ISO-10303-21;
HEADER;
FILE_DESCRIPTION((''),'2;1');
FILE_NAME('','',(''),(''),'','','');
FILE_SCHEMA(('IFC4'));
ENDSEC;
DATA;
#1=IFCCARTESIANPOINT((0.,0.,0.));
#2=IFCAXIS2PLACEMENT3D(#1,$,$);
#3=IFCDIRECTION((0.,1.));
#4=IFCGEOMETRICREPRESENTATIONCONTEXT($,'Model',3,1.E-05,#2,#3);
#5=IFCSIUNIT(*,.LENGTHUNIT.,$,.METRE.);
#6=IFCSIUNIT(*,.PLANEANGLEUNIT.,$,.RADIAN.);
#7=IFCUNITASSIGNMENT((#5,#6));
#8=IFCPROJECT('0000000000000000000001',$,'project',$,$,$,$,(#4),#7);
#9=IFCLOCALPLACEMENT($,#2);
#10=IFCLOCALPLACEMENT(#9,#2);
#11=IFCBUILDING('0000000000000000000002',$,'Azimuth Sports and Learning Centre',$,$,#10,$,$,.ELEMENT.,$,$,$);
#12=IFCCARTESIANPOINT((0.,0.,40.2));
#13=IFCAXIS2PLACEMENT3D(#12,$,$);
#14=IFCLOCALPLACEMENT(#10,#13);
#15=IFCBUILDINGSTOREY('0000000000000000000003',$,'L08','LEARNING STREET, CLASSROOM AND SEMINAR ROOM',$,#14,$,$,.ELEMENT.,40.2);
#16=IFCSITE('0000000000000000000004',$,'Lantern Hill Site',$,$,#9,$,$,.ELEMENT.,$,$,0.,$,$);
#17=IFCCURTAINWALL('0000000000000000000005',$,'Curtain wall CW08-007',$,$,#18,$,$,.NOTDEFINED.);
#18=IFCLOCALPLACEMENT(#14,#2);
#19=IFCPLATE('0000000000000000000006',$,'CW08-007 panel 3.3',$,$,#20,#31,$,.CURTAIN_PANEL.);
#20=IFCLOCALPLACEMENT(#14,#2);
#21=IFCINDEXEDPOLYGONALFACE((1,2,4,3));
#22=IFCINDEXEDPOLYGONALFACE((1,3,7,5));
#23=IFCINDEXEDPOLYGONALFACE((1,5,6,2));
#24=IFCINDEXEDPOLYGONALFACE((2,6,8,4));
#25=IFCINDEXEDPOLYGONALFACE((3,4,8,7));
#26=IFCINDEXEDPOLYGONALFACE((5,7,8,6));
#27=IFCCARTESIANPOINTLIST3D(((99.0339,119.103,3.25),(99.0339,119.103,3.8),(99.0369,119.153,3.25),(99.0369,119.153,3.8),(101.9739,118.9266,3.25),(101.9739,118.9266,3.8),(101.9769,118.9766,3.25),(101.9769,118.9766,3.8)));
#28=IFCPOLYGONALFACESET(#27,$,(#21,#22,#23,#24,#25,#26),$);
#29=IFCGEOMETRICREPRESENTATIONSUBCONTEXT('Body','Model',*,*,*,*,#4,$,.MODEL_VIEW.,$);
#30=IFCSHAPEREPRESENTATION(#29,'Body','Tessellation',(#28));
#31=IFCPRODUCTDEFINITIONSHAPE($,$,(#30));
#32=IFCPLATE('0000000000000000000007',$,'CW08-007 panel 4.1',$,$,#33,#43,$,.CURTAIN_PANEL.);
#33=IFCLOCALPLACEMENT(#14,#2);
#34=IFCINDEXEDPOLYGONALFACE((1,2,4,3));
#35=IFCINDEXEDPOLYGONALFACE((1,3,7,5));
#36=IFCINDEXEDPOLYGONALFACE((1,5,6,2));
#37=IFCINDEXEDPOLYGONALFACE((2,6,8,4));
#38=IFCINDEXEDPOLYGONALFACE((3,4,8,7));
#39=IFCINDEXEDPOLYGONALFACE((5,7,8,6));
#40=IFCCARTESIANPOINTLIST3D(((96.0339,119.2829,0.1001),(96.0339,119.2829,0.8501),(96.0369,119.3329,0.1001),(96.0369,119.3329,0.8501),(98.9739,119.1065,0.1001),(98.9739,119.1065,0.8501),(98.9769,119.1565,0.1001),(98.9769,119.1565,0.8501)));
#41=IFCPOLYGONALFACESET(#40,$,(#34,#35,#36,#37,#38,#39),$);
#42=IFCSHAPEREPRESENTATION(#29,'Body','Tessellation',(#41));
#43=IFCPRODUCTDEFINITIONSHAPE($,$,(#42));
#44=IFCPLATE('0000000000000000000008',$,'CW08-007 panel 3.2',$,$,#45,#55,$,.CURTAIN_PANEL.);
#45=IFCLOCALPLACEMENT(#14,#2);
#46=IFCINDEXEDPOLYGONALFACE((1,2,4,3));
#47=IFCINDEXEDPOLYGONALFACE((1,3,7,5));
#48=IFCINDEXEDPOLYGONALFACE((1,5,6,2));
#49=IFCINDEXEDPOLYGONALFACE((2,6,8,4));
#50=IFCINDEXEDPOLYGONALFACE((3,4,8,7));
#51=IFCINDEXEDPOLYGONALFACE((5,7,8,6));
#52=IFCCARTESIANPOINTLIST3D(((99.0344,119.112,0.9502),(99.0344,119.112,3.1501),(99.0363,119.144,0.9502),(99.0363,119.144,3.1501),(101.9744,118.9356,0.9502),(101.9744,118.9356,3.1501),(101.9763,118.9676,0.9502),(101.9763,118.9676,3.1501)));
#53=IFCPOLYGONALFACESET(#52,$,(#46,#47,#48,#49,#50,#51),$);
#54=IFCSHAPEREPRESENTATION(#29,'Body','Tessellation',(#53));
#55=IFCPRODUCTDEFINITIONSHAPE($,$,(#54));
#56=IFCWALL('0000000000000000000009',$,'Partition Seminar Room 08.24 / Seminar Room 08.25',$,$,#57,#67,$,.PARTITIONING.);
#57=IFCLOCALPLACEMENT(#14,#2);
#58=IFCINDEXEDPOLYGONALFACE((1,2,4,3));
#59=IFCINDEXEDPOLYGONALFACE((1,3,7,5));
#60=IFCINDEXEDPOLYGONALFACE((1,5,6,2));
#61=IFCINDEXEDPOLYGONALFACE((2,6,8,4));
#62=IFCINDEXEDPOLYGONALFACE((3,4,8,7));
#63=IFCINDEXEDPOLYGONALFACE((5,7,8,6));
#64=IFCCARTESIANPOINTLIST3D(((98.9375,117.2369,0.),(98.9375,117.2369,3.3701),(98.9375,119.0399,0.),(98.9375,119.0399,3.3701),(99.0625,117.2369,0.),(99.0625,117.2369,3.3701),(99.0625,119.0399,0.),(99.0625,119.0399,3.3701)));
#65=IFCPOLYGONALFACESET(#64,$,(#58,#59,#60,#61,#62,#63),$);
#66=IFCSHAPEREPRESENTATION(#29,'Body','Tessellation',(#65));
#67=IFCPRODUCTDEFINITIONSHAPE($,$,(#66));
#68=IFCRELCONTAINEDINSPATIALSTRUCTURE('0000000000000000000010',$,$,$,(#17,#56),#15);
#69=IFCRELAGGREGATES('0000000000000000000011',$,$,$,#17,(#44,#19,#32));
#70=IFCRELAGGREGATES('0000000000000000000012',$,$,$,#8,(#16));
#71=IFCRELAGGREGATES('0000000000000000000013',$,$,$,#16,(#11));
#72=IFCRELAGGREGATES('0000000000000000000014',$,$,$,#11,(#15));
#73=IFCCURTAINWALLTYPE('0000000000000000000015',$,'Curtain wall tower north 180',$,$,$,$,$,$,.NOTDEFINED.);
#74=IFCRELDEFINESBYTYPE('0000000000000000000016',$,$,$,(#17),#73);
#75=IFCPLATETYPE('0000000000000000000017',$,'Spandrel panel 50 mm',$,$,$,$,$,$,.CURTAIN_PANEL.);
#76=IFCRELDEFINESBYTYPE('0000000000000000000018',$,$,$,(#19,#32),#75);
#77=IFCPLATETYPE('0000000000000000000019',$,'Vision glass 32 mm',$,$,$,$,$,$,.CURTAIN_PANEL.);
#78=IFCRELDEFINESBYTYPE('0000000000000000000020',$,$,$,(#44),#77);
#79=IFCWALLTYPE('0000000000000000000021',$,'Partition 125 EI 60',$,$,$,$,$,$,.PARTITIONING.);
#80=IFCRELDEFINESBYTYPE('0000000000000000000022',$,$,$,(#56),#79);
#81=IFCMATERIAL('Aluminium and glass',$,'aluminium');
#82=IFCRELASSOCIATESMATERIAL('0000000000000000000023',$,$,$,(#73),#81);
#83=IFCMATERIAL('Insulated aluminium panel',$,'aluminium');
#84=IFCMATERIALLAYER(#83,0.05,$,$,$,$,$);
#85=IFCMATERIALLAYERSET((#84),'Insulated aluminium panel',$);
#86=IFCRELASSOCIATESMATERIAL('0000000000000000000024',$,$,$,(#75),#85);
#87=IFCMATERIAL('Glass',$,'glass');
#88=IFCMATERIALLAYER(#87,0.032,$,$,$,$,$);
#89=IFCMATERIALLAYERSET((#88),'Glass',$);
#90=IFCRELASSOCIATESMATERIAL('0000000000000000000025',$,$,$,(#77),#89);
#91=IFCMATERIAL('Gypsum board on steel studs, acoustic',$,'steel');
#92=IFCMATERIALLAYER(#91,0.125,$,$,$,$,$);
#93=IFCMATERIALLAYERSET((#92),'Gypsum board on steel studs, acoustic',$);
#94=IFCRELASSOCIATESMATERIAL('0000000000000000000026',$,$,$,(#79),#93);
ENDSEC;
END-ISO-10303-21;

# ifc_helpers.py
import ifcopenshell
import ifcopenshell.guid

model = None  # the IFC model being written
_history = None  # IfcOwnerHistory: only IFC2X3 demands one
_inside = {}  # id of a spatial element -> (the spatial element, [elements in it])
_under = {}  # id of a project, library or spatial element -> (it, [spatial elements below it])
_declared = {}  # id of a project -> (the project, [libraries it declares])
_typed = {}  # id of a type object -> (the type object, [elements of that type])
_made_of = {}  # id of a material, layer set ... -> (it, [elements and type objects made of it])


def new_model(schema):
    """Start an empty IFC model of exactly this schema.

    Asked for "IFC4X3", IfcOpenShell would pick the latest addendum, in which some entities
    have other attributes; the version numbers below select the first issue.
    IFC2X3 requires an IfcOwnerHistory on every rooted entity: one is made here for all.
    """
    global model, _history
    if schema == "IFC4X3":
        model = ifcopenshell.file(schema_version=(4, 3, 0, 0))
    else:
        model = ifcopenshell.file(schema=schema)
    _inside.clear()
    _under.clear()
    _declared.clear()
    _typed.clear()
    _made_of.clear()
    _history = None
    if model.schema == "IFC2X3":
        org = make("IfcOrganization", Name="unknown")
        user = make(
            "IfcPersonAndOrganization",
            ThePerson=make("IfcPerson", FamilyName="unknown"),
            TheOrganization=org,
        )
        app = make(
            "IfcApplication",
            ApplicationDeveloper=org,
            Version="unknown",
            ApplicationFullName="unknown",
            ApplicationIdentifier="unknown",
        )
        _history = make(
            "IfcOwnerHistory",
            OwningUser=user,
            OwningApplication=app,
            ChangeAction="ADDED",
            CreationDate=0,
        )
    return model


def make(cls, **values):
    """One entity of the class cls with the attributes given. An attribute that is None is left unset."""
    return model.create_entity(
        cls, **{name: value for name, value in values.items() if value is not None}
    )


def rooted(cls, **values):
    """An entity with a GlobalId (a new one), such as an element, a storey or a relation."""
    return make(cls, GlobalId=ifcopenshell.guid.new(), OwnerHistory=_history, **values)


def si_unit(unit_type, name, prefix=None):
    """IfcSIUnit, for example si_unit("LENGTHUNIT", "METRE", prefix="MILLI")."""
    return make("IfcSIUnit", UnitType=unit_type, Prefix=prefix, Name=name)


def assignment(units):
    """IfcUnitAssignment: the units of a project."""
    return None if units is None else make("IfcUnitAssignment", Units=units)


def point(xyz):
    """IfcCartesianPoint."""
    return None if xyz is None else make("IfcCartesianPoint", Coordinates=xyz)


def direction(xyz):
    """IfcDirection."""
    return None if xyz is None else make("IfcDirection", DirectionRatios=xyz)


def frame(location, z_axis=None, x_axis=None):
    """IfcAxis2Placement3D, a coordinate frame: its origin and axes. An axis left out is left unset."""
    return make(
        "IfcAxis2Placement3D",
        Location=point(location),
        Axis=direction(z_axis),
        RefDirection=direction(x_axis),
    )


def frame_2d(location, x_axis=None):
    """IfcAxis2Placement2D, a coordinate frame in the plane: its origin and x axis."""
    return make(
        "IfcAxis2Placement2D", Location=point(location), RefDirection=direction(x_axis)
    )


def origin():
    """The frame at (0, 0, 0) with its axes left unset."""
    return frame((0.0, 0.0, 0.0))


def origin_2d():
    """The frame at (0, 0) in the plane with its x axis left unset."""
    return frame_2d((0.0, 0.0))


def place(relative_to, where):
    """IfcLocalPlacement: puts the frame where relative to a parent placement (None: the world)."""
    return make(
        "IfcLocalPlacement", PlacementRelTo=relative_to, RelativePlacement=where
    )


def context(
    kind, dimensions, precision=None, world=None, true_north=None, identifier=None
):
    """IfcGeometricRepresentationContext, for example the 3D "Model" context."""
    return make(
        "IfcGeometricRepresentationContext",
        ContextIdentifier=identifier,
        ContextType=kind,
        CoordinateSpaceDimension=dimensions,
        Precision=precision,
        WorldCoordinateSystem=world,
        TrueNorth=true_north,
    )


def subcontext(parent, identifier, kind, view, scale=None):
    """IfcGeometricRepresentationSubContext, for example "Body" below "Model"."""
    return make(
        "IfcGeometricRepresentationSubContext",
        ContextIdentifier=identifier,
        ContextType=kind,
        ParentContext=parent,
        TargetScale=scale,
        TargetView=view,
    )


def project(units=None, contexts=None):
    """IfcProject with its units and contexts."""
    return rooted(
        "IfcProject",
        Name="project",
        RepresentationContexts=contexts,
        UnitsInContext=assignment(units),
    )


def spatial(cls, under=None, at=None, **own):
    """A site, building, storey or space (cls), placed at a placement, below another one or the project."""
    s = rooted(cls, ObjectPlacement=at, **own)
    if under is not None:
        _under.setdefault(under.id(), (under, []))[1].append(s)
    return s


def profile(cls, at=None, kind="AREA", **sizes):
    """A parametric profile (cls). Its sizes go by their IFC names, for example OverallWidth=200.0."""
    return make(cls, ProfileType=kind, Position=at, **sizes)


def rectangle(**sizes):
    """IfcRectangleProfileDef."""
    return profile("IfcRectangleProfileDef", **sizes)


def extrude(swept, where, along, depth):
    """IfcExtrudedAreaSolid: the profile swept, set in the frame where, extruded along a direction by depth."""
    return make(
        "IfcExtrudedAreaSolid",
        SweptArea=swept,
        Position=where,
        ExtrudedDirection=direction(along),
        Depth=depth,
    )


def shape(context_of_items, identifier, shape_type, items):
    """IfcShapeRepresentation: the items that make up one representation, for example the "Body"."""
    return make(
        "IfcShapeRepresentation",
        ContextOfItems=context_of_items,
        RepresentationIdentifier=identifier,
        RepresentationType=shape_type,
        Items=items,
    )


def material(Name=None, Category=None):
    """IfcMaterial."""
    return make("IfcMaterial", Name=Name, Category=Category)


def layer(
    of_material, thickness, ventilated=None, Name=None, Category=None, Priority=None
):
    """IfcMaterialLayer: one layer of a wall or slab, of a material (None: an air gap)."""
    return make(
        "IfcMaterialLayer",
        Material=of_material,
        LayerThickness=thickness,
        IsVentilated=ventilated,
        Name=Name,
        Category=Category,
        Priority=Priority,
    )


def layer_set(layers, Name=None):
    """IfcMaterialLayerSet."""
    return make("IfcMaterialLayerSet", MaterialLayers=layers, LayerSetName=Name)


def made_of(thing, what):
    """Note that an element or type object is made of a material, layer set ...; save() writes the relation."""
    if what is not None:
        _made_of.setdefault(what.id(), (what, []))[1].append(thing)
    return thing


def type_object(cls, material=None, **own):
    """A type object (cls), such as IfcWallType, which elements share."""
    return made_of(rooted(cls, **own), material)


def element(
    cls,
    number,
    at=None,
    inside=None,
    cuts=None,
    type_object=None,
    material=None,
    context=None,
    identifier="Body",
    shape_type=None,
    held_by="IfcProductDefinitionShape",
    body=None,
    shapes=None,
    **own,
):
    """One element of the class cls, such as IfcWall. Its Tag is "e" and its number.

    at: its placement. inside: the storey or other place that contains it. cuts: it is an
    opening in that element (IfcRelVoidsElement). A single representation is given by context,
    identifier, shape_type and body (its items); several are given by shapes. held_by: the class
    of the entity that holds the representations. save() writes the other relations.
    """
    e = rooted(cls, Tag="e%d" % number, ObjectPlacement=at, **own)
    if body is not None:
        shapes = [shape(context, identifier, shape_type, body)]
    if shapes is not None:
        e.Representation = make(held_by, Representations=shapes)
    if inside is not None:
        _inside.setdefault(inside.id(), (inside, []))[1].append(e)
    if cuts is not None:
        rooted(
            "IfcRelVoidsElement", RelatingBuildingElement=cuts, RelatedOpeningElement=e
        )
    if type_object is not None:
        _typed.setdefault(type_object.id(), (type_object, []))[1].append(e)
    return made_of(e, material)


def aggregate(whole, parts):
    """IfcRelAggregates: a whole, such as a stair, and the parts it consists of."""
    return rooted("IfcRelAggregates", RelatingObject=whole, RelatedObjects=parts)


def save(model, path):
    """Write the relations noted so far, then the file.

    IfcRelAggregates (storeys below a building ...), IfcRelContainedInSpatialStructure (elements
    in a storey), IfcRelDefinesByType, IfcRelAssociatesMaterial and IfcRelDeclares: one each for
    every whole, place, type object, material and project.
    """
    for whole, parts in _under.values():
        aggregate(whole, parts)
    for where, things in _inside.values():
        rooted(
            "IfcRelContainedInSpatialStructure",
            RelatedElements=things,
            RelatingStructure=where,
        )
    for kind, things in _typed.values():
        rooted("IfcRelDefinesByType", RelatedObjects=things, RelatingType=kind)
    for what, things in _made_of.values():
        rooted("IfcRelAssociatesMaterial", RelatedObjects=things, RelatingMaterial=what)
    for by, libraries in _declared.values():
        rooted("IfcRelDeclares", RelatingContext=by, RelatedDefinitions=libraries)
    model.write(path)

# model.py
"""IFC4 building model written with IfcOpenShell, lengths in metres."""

from ifc_helpers import new_model, si_unit, direction, frame, frame_2d, origin, origin_2d, place, context, subcontext, project, spatial, rectangle, extrude, material, layer, layer_set, type_object, element, aggregate, save


model = new_model("IFC4")

# Units and contexts
model_context = context("Model", 3, precision=1e-05, world=origin(), true_north=direction((0.0, 1.0)))
body_context = subcontext(model_context, "Body", "Model", "MODEL_VIEW")
ifc_project = project(units=[si_unit("LENGTHUNIT", "METRE"), si_unit("PLANEANGLEUNIT", "RADIAN")], contexts=[model_context])

# Site, building, storey
site_placement = place(None, origin())
site = spatial("IfcSite", under=ifc_project, at=site_placement, Name="Lantern Hill Site", CompositionType="ELEMENT", RefElevation=0.0)
building_placement = place(site_placement, origin())
building = spatial("IfcBuilding", under=site, at=building_placement, Name="Azimuth Sports and Learning Centre", CompositionType="ELEMENT")
storey_placement = place(building_placement, frame((0.0, 0.0, 40.2)))
storey = spatial("IfcBuildingStorey", under=building, at=storey_placement, Name="L08", Description="LEARNING STREET, CLASSROOM AND SEMINAR ROOM", CompositionType="ELEMENT", Elevation=40.2)

# Curtain wall, plates
ifc_material_1 = material(Name="Aluminium and glass", Category="aluminium")
curtain_wall_type = type_object("IfcCurtainWallType", Name="Curtain wall tower north 180", PredefinedType="NOTDEFINED", material=ifc_material_1)
curtain_wall_placement = place(storey_placement, origin())
curtain_wall = element("IfcCurtainWall", 1, at=curtain_wall_placement, inside=storey, type_object=curtain_wall_type, Name="Curtain wall CW08-007", PredefinedType="NOTDEFINED")
ifc_material_2 = material(Name="Insulated aluminium panel", Category="aluminium")
ifc_layer_1 = layer(ifc_material_2, 0.05)
ifc_layer_set_1 = layer_set([ifc_layer_1], Name="Insulated aluminium panel")
plate_type_1 = type_object("IfcPlateType", Name="Spandrel panel 50 mm", PredefinedType="CURTAIN_PANEL", material=ifc_layer_set_1)
plate_1_placement = place(storey_placement, frame((100.5054, 119.0398, 3.25), z_axis=(0.0, 0.0, 1.0), x_axis=(-0.998205, 0.059892, 0.0)))
plate_1 = element("IfcPlate", 2, at=plate_1_placement, type_object=plate_type_1, Name="CW08-007 panel 3.3", PredefinedType="CURTAIN_PANEL", context=body_context, shape_type="SweptSolid", body=[
    extrude(rectangle(XDim=2.9453, YDim=0.05, at=origin_2d()), origin(), (0.0, 0.0, 1.0), 0.55),
])
plate_2_placement = place(storey_placement, frame((97.5054, 119.2197, 0.1001), z_axis=(0.0, 0.0, 1.0), x_axis=(-0.998205, 0.059892, 0.0)))
plate_2 = element("IfcPlate", 3, at=plate_2_placement, type_object=plate_type_1, Name="CW08-007 panel 4.1", PredefinedType="CURTAIN_PANEL", context=body_context, shape_type="SweptSolid", body=[
    extrude(rectangle(XDim=2.9453, YDim=0.05, at=origin_2d()), origin(), (0.0, 0.0, 1.0), 0.75),
])
ifc_material_3 = material(Name="Glass", Category="glass")
ifc_layer_2 = layer(ifc_material_3, 0.032)
ifc_layer_set_2 = layer_set([ifc_layer_2], Name="Glass")
plate_type_2 = type_object("IfcPlateType", Name="Vision glass 32 mm", PredefinedType="CURTAIN_PANEL", material=ifc_layer_set_2)
plate_3_placement = place(storey_placement, frame((100.5054, 119.0398, 0.9502), z_axis=(0.0, 0.0, 1.0), x_axis=(-0.998205, 0.059892, 0.0)))
plate_3 = element("IfcPlate", 4, at=plate_3_placement, type_object=plate_type_2, Name="CW08-007 panel 3.2", PredefinedType="CURTAIN_PANEL", context=body_context, shape_type="SweptSolid", body=[
    extrude(rectangle(XDim=2.9453, YDim=0.032, at=origin_2d()), origin(), (0.0, 0.0, 1.0), 2.2),
])
aggregate(curtain_wall, [plate_3, plate_1, plate_2])

# Wall
ifc_material_4 = material(Name="Gypsum board on steel studs, acoustic", Category="steel")
ifc_layer_3 = layer(ifc_material_4, 0.125)
ifc_layer_set_3 = layer_set([ifc_layer_3], Name="Gypsum board on steel studs, acoustic")
wall_type = type_object("IfcWallType", Name="Partition 125 EI 60", PredefinedType="PARTITIONING", material=ifc_layer_set_3)
wall_placement = place(storey_placement, frame((99.0, 117.2371, 0.0), z_axis=(0.0, 0.0, 1.0), x_axis=(0.0, 1.0, 0.0)))
element("IfcWall", 5, at=wall_placement, inside=storey, type_object=wall_type, Name="Partition Seminar Room 08.24 / Seminar Room 08.25", PredefinedType="PARTITIONING", context=body_context, shape_type="SweptSolid", body=[
    extrude(rectangle(XDim=1.803, YDim=0.125, at=frame_2d((0.9014, 0.0))), origin(), (0.0, 0.0, 1.0), 3.3701),
])

save(model, "model.ifc")
